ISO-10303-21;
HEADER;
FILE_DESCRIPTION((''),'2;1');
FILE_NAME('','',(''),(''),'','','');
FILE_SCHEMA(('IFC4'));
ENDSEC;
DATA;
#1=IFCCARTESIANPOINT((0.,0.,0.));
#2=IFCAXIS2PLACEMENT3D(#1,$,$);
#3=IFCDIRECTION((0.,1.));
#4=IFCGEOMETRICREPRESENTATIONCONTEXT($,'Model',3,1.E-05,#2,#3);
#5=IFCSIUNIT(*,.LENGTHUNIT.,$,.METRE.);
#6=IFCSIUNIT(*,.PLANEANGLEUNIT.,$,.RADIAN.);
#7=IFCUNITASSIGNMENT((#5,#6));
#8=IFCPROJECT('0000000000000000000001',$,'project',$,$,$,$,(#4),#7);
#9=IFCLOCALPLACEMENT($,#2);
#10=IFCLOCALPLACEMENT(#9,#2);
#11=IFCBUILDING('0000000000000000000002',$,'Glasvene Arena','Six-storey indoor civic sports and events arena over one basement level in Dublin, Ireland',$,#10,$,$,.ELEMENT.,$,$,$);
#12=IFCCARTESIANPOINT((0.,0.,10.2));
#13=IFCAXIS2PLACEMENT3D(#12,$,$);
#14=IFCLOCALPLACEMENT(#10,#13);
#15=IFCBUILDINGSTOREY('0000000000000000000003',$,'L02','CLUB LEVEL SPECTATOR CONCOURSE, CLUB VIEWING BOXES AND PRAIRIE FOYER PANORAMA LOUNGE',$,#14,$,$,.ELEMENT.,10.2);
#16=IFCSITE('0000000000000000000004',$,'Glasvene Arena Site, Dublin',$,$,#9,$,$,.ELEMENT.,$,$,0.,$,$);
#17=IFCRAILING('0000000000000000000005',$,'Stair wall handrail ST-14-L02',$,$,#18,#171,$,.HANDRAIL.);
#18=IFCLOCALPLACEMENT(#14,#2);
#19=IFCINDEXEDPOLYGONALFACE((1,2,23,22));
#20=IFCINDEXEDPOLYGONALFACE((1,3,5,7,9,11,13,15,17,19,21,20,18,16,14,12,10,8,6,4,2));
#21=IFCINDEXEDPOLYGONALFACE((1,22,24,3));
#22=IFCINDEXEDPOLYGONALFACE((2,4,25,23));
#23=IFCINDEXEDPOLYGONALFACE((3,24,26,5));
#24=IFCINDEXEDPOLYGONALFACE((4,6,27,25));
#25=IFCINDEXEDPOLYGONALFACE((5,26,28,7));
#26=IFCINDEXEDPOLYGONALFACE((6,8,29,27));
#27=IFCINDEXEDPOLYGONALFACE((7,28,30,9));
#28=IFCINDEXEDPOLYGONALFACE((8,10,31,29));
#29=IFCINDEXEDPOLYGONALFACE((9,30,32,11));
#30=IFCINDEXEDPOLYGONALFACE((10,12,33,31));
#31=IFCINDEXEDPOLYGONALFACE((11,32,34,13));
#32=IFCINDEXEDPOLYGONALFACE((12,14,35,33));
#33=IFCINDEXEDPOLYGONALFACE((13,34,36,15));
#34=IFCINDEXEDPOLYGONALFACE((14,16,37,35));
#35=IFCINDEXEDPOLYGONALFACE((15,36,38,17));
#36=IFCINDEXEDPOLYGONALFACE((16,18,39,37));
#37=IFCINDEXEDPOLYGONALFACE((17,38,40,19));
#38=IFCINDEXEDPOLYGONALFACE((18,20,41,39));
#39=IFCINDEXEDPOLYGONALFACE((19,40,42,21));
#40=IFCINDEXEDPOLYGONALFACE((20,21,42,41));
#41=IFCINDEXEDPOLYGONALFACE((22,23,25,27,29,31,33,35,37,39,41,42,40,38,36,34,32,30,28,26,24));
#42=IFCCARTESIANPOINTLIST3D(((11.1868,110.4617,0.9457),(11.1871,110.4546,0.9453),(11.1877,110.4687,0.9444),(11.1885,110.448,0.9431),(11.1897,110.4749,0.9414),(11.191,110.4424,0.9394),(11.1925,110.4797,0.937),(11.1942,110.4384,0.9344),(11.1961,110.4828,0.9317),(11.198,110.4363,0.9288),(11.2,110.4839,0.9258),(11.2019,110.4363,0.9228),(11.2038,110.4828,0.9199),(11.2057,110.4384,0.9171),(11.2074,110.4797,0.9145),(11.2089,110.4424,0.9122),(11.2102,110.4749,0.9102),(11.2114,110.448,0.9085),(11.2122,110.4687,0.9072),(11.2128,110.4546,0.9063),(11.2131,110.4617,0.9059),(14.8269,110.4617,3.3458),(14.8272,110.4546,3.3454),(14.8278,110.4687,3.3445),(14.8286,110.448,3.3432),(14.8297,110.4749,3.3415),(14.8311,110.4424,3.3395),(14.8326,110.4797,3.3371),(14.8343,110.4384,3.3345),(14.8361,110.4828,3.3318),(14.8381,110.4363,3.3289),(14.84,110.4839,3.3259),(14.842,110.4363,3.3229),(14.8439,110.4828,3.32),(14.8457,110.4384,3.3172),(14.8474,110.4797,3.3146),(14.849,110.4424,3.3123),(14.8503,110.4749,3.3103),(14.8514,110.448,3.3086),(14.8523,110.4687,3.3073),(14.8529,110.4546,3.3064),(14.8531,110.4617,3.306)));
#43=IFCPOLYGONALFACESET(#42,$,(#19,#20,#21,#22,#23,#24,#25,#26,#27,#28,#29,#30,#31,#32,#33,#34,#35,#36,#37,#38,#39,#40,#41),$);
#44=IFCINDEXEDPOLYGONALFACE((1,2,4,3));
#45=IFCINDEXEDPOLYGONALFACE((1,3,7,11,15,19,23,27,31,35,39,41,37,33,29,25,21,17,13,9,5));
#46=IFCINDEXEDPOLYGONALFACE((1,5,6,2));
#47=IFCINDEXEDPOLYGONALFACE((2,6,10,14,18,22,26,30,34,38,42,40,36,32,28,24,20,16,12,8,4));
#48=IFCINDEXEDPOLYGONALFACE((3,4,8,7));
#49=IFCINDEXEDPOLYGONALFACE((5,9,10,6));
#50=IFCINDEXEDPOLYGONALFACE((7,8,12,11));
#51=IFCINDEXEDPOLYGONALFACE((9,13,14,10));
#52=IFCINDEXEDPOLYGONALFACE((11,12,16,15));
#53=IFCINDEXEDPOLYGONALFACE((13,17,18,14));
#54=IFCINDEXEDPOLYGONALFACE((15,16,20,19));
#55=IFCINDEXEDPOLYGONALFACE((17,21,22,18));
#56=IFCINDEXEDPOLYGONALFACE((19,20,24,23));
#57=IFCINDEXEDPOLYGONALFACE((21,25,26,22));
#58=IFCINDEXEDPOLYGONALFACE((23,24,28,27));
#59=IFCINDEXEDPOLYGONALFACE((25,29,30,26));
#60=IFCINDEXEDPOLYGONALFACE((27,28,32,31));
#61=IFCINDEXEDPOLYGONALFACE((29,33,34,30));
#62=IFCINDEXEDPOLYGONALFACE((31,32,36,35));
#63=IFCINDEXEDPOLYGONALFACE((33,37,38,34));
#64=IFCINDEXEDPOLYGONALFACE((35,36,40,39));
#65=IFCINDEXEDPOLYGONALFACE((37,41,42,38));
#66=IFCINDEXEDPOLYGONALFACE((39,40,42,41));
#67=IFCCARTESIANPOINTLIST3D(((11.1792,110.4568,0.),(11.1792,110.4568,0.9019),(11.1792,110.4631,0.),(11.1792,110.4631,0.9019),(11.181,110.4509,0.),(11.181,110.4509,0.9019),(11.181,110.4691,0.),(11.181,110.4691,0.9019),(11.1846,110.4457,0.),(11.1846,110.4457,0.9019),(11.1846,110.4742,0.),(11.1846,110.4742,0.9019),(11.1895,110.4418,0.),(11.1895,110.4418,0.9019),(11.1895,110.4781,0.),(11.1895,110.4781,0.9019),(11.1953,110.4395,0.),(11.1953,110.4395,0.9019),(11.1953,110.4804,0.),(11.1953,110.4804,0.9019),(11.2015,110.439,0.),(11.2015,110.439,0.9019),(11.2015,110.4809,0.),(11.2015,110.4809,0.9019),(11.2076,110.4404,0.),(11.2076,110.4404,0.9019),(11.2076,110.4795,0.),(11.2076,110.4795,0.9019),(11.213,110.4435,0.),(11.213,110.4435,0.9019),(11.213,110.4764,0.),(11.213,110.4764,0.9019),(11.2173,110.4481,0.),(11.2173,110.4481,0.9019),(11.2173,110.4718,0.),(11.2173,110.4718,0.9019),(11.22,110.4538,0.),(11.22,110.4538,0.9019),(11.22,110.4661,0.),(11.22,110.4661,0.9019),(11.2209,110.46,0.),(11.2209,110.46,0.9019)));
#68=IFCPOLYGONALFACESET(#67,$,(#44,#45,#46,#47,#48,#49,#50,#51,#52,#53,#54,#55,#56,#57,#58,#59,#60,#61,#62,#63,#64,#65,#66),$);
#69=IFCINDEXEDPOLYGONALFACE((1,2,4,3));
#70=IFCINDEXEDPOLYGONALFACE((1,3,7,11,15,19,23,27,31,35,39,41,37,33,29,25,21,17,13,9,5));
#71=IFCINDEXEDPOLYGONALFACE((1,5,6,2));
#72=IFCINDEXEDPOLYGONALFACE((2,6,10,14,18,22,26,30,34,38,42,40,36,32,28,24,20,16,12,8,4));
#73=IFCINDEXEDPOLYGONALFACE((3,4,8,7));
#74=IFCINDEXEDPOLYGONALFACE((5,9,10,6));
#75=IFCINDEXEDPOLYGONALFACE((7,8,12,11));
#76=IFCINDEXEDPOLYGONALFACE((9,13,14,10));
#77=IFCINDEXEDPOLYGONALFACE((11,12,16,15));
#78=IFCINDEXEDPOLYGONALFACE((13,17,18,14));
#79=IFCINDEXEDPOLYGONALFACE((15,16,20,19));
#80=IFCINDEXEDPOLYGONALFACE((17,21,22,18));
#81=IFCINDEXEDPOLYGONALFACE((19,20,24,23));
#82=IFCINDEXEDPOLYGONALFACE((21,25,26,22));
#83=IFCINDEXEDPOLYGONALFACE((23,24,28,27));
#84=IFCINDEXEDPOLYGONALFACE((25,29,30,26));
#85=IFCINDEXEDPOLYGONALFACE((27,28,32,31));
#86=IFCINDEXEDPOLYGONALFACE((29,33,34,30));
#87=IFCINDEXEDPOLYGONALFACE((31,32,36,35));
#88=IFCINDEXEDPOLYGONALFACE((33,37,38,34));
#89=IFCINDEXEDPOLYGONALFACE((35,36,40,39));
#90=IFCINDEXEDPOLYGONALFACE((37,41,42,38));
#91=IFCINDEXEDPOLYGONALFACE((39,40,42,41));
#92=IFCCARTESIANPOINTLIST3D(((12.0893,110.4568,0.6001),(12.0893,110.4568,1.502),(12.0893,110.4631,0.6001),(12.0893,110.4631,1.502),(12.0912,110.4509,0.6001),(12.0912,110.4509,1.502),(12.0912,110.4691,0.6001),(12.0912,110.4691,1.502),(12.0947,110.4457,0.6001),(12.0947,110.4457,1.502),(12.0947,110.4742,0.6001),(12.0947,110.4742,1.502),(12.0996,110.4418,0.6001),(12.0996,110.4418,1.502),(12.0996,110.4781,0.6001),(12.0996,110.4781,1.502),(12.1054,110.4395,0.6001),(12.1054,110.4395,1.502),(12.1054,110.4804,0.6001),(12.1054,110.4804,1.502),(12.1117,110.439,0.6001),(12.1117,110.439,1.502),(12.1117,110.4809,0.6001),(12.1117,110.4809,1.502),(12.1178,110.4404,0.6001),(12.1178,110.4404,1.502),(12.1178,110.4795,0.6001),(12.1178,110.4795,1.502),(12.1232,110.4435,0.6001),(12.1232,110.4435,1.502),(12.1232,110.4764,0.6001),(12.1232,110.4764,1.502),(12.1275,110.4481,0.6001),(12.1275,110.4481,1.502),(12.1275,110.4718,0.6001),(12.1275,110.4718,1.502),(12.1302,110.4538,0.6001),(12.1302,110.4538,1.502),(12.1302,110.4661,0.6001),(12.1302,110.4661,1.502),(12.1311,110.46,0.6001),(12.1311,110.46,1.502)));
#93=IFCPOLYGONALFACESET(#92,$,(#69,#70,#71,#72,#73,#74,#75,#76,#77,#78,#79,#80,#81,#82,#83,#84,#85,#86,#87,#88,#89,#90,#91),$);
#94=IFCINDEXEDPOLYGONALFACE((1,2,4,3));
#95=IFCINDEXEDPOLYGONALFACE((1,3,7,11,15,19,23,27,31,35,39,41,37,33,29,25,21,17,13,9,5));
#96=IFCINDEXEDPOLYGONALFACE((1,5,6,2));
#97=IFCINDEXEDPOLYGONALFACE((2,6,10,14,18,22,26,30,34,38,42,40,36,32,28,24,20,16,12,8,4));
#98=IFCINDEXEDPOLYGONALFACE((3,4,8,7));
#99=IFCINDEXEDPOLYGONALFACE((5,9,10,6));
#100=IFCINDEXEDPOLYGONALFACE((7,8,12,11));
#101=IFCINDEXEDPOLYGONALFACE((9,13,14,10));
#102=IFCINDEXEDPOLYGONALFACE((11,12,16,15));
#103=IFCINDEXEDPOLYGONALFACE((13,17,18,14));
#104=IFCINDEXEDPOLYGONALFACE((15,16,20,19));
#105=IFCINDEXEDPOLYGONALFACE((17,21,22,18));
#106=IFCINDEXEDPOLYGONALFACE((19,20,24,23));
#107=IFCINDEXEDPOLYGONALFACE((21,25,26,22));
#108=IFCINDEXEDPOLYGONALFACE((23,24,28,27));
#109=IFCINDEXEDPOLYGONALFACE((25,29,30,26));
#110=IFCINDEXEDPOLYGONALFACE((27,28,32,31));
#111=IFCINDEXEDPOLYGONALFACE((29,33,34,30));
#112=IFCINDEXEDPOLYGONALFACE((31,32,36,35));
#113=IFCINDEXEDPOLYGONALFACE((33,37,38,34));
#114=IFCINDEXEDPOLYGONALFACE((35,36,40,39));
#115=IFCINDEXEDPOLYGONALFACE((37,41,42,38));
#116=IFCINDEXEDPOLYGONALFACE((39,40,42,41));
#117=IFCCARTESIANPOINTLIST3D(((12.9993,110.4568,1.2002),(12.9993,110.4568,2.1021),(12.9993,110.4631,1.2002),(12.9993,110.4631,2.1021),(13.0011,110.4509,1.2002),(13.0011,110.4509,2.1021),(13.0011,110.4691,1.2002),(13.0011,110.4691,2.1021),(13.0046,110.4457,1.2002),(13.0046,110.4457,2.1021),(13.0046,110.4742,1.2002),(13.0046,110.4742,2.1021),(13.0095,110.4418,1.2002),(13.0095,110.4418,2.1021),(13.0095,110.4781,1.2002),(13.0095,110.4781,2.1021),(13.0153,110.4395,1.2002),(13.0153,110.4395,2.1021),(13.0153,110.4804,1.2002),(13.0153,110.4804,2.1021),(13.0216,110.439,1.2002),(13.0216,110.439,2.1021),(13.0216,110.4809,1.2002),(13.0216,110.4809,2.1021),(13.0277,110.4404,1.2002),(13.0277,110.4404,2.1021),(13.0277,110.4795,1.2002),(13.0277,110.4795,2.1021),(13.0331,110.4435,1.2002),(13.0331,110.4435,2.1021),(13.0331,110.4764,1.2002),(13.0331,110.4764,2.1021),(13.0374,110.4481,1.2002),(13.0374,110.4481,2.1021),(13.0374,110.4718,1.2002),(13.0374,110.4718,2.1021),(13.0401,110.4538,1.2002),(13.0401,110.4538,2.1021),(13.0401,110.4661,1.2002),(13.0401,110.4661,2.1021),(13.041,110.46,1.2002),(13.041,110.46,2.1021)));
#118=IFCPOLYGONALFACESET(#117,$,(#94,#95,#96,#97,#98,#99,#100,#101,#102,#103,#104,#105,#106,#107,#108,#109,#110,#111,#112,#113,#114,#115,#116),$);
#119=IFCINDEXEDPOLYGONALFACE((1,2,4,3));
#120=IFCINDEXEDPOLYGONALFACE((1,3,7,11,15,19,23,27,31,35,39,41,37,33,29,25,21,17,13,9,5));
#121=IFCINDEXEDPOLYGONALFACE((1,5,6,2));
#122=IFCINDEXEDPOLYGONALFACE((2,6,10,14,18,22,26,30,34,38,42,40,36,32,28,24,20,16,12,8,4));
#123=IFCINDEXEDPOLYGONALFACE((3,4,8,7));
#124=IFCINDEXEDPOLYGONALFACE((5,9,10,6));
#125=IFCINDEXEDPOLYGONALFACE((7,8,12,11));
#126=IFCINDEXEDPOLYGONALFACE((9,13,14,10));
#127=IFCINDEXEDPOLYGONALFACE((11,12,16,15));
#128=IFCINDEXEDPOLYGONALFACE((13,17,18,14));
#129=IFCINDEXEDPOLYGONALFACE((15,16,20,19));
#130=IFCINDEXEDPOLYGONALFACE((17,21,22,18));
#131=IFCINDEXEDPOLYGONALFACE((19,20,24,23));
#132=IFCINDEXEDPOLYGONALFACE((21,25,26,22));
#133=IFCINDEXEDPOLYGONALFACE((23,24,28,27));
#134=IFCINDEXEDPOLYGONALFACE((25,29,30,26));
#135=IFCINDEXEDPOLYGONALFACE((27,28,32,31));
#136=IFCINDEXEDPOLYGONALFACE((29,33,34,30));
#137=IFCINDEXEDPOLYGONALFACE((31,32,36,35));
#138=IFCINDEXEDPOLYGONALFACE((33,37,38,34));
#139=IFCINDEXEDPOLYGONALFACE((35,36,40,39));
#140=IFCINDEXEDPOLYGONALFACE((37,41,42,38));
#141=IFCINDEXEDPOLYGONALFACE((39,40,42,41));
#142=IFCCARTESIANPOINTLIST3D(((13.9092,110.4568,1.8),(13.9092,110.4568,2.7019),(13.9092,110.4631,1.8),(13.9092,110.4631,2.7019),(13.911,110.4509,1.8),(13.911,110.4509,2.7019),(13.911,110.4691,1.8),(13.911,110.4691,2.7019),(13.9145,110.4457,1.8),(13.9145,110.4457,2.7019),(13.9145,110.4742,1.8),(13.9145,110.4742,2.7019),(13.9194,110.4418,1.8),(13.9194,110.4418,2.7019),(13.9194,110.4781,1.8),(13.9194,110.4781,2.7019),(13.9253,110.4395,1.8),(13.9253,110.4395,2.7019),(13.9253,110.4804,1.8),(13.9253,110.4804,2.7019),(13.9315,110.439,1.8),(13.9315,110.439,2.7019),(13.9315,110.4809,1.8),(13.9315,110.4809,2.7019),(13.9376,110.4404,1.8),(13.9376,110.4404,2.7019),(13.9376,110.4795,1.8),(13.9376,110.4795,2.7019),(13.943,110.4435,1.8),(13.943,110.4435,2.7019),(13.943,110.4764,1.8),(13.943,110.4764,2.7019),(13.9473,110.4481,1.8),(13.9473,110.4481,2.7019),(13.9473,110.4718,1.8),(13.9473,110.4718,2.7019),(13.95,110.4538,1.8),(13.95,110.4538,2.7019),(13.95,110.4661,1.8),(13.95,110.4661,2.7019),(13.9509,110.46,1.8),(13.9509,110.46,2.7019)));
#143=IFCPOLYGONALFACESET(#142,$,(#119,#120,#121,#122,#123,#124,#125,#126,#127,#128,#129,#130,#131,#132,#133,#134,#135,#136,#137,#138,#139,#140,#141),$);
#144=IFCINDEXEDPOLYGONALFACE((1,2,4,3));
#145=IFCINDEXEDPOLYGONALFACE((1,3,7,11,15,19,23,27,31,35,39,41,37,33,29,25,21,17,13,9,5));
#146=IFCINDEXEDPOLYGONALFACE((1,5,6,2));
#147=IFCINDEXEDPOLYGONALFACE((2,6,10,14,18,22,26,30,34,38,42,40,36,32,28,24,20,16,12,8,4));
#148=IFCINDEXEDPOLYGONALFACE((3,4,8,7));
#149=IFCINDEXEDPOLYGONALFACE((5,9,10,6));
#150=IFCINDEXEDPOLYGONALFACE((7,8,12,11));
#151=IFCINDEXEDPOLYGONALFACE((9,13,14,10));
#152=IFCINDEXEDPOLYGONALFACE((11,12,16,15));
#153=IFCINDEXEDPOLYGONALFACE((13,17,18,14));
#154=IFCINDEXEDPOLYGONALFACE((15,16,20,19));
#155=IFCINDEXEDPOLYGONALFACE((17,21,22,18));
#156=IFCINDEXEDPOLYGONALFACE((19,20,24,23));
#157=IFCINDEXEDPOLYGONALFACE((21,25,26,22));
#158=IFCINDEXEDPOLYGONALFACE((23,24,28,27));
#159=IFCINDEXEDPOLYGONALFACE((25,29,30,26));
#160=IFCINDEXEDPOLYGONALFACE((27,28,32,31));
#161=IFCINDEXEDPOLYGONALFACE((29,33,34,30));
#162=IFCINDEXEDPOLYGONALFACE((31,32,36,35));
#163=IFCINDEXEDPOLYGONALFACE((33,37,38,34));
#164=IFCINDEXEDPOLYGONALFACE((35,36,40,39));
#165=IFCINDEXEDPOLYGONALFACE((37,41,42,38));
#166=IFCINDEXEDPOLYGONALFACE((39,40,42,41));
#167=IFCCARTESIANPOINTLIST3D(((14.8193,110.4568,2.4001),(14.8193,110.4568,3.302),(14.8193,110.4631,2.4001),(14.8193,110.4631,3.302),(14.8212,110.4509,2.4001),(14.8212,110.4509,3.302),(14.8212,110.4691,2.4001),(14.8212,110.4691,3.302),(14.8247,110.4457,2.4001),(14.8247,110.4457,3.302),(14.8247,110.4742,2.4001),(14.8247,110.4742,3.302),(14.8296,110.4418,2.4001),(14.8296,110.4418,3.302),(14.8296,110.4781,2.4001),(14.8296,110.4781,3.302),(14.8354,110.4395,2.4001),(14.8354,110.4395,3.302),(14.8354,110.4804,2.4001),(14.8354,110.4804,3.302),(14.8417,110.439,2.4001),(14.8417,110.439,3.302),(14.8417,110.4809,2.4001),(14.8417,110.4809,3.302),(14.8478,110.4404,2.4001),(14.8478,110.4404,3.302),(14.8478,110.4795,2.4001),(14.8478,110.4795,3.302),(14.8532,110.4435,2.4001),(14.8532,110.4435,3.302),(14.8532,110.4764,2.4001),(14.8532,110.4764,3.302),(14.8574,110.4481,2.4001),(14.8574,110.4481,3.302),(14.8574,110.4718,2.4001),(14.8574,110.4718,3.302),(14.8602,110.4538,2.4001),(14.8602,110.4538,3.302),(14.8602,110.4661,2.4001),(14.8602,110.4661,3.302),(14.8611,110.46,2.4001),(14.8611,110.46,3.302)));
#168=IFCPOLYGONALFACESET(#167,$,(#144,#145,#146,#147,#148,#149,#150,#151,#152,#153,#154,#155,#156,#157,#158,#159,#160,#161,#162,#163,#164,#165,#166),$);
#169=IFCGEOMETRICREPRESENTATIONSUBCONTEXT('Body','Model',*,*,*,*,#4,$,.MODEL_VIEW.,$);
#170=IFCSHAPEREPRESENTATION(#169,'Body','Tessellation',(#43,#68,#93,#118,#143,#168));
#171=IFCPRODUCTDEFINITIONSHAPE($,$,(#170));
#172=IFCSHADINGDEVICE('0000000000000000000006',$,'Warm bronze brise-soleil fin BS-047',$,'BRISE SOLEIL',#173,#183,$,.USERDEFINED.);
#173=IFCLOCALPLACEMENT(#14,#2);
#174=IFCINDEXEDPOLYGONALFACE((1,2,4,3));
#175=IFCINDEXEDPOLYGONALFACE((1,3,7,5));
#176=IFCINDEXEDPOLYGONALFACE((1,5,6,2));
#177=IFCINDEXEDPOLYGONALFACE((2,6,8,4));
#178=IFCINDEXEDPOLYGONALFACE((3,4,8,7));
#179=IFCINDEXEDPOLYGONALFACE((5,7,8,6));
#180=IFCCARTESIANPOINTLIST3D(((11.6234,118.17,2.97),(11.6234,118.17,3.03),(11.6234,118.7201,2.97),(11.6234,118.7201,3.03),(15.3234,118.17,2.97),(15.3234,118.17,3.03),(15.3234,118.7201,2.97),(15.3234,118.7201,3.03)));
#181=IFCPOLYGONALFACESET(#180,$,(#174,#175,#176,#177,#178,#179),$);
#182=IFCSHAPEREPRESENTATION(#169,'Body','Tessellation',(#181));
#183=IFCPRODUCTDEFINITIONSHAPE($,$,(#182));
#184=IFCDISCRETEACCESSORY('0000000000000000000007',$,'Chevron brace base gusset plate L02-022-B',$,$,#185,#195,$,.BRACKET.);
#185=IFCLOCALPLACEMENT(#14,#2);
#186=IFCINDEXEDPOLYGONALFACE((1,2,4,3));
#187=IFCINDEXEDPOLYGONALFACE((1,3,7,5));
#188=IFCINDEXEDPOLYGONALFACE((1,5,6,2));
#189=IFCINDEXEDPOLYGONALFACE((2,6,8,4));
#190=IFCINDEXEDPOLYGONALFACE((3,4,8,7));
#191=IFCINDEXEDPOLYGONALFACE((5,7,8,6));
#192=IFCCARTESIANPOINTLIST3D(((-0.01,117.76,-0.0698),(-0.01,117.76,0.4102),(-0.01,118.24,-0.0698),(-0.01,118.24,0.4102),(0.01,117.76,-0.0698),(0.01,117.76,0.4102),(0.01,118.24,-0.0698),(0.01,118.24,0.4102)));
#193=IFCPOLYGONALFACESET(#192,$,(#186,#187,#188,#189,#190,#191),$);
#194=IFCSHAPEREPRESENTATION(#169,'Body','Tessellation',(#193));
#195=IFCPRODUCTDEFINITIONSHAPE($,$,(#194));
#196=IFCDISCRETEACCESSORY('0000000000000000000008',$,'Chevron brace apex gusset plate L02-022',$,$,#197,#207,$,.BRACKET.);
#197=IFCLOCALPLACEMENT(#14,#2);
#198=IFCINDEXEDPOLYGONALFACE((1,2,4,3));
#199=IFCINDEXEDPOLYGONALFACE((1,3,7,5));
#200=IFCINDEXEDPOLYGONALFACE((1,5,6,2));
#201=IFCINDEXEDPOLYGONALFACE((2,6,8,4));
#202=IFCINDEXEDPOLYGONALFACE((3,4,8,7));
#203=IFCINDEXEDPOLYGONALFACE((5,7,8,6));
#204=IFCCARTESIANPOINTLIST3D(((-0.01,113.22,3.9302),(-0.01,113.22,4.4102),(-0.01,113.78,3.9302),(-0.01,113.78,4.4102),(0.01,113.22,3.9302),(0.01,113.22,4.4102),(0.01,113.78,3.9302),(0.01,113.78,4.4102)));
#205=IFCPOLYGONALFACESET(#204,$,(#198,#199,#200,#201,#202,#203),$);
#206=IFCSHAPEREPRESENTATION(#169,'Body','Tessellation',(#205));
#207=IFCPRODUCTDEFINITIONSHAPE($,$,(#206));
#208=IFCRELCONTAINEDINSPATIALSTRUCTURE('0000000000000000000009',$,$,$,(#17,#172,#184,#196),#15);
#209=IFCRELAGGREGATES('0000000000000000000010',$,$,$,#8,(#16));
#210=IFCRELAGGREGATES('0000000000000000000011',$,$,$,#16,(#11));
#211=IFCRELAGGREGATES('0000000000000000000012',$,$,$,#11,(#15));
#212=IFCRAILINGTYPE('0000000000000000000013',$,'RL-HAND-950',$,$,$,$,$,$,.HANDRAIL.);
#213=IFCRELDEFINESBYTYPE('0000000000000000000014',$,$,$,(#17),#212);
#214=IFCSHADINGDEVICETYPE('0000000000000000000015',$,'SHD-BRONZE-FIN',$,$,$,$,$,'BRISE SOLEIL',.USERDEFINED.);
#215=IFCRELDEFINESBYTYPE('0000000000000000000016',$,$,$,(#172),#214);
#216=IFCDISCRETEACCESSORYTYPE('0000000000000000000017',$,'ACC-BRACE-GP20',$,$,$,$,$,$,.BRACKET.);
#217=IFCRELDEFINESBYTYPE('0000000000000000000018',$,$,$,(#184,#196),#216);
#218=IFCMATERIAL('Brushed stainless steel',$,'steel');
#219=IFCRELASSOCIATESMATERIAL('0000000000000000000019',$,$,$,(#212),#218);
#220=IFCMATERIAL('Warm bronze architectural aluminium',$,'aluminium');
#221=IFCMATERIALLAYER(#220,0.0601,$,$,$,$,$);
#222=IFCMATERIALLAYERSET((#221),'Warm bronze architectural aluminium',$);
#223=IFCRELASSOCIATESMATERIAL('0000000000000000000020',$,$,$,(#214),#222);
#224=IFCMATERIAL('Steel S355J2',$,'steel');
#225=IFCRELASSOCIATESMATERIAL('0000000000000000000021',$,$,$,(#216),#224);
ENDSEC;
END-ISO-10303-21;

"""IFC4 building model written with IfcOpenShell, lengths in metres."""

from ifc_helpers import new_model, si_unit, direction, frame, origin, origin_2d, place, context, subcontext, project, spatial, rectangle, circle, extrude, material, layer, layer_set, type_object, element, save


model = new_model("IFC4")

# Units and contexts
model_context = context("Model", 3, precision=1e-05, world=origin(), true_north=direction((0.0, 1.0)))
body_context = subcontext(model_context, "Body", "Model", "MODEL_VIEW")
ifc_project = project(units=[si_unit("LENGTHUNIT", "METRE"), si_unit("PLANEANGLEUNIT", "RADIAN")], contexts=[model_context])

# Site, building, storey
site_placement = place(None, origin())
site = spatial("IfcSite", under=ifc_project, at=site_placement, Name="Glasvene Arena Site, Dublin", CompositionType="ELEMENT", RefElevation=0.0)
building_placement = place(site_placement, origin())
building = spatial("IfcBuilding", under=site, at=building_placement, Name="Glasvene Arena", Description="Six-storey indoor civic sports and events arena over one basement level in Dublin, Ireland", CompositionType="ELEMENT")
storey_placement = place(building_placement, frame((0.0, 0.0, 10.2)))
storey = spatial("IfcBuildingStorey", under=building, at=storey_placement, Name="L02", Description="CLUB LEVEL SPECTATOR CONCOURSE, CLUB VIEWING BOXES AND PRAIRIE FOYER PANORAMA LOUNGE", CompositionType="ELEMENT", Elevation=10.2)

# Shared definitions
ifc_material_1 = material(Name="Steel S355J2", Category="steel")

# Railing
ifc_material_2 = material(Name="Brushed stainless steel", Category="steel")
railing_type_1 = type_object("IfcRailingType", Name="RL-HAND-950", PredefinedType="HANDRAIL", material=ifc_material_2)
railing_1_placement = place(storey_placement, frame((11.2, 110.46, 0.0)))
element("IfcRailing", 1, at=railing_1_placement, inside=storey, type_object=railing_type_1, Name="Stair wall handrail ST-14-L02", PredefinedType="HANDRAIL", context=body_context, shape_type="SweptSolid", body=[
    extrude(circle(Radius=0.0239, at=origin_2d()), frame((0.0, 0.0, 0.9258), z_axis=(0.834856, 0.0, 0.550468), x_axis=(0.0, 1.0, 0.0)), (0.0, 0.0, 1.0), 4.3601),
    extrude(circle(Radius=0.021, at=origin_2d()), origin(), (0.0, 0.0, 1.0), 0.9019),
    extrude(circle(Radius=0.021, at=origin_2d()), frame((0.9102, 0.0, 0.6001)), (0.0, 0.0, 1.0), 0.9019),
    extrude(circle(Radius=0.021, at=origin_2d()), frame((1.8201, 0.0, 1.2002)), (0.0, 0.0, 1.0), 0.9019),
    extrude(circle(Radius=0.021, at=origin_2d()), frame((2.73, 0.0, 1.8)), (0.0, 0.0, 1.0), 0.9019),
    extrude(circle(Radius=0.021, at=origin_2d()), frame((3.6401, 0.0, 2.4001)), (0.0, 0.0, 1.0), 0.9019),
])

# Shading device
ifc_material_3 = material(Name="Warm bronze architectural aluminium", Category="aluminium")
ifc_layer_1 = layer(ifc_material_3, 0.0601)
ifc_layer_set_1 = layer_set([ifc_layer_1], Name="Warm bronze architectural aluminium")
shading_device_type = type_object("IfcShadingDeviceType", Name="SHD-BRONZE-FIN", ElementType="BRISE SOLEIL", PredefinedType="USERDEFINED", material=ifc_layer_set_1)
shading_device_placement = place(storey_placement, frame((13.4734, 118.4451, 2.97), z_axis=(0.0, 0.0, 1.0), x_axis=(1.0, 0.0, 0.0)))
element("IfcShadingDevice", 2, at=shading_device_placement, inside=storey, type_object=shading_device_type, Name="Warm bronze brise-soleil fin BS-047", ObjectType="BRISE SOLEIL", PredefinedType="USERDEFINED", context=body_context, shape_type="SweptSolid", body=[
    extrude(rectangle(XDim=3.7, YDim=0.55, at=origin_2d()), origin(), (0.0, 0.0, 1.0), 0.0601),
])

# Discrete accessories
discrete_accessory_type_1 = type_object("IfcDiscreteAccessoryType", Name="ACC-BRACE-GP20", PredefinedType="BRACKET", material=ifc_material_1)
discrete_accessory_1_placement = place(storey_placement, frame((0.0, 118.0, -0.0698), z_axis=(0.0, 0.0, 1.0), x_axis=(1.0, 0.0, 0.0)))
element("IfcDiscreteAccessory", 3, at=discrete_accessory_1_placement, inside=storey, type_object=discrete_accessory_type_1, Name="Chevron brace base gusset plate L02-022-B", PredefinedType="BRACKET", context=body_context, shape_type="SweptSolid", body=[
    extrude(rectangle(XDim=0.02, YDim=0.48, at=origin_2d()), origin(), (0.0, 0.0, 1.0), 0.48),
])
discrete_accessory_2_placement = place(storey_placement, frame((0.0, 113.5, 3.9302), z_axis=(0.0, 0.0, 1.0), x_axis=(1.0, 0.0, 0.0)))
element("IfcDiscreteAccessory", 4, at=discrete_accessory_2_placement, inside=storey, type_object=discrete_accessory_type_1, Name="Chevron brace apex gusset plate L02-022", PredefinedType="BRACKET", context=body_context, shape_type="SweptSolid", body=[
    extrude(rectangle(XDim=0.02, YDim=0.5601, at=origin_2d()), origin(), (0.0, 0.0, 1.0), 0.48),
])

save(model, "model.ifc")
